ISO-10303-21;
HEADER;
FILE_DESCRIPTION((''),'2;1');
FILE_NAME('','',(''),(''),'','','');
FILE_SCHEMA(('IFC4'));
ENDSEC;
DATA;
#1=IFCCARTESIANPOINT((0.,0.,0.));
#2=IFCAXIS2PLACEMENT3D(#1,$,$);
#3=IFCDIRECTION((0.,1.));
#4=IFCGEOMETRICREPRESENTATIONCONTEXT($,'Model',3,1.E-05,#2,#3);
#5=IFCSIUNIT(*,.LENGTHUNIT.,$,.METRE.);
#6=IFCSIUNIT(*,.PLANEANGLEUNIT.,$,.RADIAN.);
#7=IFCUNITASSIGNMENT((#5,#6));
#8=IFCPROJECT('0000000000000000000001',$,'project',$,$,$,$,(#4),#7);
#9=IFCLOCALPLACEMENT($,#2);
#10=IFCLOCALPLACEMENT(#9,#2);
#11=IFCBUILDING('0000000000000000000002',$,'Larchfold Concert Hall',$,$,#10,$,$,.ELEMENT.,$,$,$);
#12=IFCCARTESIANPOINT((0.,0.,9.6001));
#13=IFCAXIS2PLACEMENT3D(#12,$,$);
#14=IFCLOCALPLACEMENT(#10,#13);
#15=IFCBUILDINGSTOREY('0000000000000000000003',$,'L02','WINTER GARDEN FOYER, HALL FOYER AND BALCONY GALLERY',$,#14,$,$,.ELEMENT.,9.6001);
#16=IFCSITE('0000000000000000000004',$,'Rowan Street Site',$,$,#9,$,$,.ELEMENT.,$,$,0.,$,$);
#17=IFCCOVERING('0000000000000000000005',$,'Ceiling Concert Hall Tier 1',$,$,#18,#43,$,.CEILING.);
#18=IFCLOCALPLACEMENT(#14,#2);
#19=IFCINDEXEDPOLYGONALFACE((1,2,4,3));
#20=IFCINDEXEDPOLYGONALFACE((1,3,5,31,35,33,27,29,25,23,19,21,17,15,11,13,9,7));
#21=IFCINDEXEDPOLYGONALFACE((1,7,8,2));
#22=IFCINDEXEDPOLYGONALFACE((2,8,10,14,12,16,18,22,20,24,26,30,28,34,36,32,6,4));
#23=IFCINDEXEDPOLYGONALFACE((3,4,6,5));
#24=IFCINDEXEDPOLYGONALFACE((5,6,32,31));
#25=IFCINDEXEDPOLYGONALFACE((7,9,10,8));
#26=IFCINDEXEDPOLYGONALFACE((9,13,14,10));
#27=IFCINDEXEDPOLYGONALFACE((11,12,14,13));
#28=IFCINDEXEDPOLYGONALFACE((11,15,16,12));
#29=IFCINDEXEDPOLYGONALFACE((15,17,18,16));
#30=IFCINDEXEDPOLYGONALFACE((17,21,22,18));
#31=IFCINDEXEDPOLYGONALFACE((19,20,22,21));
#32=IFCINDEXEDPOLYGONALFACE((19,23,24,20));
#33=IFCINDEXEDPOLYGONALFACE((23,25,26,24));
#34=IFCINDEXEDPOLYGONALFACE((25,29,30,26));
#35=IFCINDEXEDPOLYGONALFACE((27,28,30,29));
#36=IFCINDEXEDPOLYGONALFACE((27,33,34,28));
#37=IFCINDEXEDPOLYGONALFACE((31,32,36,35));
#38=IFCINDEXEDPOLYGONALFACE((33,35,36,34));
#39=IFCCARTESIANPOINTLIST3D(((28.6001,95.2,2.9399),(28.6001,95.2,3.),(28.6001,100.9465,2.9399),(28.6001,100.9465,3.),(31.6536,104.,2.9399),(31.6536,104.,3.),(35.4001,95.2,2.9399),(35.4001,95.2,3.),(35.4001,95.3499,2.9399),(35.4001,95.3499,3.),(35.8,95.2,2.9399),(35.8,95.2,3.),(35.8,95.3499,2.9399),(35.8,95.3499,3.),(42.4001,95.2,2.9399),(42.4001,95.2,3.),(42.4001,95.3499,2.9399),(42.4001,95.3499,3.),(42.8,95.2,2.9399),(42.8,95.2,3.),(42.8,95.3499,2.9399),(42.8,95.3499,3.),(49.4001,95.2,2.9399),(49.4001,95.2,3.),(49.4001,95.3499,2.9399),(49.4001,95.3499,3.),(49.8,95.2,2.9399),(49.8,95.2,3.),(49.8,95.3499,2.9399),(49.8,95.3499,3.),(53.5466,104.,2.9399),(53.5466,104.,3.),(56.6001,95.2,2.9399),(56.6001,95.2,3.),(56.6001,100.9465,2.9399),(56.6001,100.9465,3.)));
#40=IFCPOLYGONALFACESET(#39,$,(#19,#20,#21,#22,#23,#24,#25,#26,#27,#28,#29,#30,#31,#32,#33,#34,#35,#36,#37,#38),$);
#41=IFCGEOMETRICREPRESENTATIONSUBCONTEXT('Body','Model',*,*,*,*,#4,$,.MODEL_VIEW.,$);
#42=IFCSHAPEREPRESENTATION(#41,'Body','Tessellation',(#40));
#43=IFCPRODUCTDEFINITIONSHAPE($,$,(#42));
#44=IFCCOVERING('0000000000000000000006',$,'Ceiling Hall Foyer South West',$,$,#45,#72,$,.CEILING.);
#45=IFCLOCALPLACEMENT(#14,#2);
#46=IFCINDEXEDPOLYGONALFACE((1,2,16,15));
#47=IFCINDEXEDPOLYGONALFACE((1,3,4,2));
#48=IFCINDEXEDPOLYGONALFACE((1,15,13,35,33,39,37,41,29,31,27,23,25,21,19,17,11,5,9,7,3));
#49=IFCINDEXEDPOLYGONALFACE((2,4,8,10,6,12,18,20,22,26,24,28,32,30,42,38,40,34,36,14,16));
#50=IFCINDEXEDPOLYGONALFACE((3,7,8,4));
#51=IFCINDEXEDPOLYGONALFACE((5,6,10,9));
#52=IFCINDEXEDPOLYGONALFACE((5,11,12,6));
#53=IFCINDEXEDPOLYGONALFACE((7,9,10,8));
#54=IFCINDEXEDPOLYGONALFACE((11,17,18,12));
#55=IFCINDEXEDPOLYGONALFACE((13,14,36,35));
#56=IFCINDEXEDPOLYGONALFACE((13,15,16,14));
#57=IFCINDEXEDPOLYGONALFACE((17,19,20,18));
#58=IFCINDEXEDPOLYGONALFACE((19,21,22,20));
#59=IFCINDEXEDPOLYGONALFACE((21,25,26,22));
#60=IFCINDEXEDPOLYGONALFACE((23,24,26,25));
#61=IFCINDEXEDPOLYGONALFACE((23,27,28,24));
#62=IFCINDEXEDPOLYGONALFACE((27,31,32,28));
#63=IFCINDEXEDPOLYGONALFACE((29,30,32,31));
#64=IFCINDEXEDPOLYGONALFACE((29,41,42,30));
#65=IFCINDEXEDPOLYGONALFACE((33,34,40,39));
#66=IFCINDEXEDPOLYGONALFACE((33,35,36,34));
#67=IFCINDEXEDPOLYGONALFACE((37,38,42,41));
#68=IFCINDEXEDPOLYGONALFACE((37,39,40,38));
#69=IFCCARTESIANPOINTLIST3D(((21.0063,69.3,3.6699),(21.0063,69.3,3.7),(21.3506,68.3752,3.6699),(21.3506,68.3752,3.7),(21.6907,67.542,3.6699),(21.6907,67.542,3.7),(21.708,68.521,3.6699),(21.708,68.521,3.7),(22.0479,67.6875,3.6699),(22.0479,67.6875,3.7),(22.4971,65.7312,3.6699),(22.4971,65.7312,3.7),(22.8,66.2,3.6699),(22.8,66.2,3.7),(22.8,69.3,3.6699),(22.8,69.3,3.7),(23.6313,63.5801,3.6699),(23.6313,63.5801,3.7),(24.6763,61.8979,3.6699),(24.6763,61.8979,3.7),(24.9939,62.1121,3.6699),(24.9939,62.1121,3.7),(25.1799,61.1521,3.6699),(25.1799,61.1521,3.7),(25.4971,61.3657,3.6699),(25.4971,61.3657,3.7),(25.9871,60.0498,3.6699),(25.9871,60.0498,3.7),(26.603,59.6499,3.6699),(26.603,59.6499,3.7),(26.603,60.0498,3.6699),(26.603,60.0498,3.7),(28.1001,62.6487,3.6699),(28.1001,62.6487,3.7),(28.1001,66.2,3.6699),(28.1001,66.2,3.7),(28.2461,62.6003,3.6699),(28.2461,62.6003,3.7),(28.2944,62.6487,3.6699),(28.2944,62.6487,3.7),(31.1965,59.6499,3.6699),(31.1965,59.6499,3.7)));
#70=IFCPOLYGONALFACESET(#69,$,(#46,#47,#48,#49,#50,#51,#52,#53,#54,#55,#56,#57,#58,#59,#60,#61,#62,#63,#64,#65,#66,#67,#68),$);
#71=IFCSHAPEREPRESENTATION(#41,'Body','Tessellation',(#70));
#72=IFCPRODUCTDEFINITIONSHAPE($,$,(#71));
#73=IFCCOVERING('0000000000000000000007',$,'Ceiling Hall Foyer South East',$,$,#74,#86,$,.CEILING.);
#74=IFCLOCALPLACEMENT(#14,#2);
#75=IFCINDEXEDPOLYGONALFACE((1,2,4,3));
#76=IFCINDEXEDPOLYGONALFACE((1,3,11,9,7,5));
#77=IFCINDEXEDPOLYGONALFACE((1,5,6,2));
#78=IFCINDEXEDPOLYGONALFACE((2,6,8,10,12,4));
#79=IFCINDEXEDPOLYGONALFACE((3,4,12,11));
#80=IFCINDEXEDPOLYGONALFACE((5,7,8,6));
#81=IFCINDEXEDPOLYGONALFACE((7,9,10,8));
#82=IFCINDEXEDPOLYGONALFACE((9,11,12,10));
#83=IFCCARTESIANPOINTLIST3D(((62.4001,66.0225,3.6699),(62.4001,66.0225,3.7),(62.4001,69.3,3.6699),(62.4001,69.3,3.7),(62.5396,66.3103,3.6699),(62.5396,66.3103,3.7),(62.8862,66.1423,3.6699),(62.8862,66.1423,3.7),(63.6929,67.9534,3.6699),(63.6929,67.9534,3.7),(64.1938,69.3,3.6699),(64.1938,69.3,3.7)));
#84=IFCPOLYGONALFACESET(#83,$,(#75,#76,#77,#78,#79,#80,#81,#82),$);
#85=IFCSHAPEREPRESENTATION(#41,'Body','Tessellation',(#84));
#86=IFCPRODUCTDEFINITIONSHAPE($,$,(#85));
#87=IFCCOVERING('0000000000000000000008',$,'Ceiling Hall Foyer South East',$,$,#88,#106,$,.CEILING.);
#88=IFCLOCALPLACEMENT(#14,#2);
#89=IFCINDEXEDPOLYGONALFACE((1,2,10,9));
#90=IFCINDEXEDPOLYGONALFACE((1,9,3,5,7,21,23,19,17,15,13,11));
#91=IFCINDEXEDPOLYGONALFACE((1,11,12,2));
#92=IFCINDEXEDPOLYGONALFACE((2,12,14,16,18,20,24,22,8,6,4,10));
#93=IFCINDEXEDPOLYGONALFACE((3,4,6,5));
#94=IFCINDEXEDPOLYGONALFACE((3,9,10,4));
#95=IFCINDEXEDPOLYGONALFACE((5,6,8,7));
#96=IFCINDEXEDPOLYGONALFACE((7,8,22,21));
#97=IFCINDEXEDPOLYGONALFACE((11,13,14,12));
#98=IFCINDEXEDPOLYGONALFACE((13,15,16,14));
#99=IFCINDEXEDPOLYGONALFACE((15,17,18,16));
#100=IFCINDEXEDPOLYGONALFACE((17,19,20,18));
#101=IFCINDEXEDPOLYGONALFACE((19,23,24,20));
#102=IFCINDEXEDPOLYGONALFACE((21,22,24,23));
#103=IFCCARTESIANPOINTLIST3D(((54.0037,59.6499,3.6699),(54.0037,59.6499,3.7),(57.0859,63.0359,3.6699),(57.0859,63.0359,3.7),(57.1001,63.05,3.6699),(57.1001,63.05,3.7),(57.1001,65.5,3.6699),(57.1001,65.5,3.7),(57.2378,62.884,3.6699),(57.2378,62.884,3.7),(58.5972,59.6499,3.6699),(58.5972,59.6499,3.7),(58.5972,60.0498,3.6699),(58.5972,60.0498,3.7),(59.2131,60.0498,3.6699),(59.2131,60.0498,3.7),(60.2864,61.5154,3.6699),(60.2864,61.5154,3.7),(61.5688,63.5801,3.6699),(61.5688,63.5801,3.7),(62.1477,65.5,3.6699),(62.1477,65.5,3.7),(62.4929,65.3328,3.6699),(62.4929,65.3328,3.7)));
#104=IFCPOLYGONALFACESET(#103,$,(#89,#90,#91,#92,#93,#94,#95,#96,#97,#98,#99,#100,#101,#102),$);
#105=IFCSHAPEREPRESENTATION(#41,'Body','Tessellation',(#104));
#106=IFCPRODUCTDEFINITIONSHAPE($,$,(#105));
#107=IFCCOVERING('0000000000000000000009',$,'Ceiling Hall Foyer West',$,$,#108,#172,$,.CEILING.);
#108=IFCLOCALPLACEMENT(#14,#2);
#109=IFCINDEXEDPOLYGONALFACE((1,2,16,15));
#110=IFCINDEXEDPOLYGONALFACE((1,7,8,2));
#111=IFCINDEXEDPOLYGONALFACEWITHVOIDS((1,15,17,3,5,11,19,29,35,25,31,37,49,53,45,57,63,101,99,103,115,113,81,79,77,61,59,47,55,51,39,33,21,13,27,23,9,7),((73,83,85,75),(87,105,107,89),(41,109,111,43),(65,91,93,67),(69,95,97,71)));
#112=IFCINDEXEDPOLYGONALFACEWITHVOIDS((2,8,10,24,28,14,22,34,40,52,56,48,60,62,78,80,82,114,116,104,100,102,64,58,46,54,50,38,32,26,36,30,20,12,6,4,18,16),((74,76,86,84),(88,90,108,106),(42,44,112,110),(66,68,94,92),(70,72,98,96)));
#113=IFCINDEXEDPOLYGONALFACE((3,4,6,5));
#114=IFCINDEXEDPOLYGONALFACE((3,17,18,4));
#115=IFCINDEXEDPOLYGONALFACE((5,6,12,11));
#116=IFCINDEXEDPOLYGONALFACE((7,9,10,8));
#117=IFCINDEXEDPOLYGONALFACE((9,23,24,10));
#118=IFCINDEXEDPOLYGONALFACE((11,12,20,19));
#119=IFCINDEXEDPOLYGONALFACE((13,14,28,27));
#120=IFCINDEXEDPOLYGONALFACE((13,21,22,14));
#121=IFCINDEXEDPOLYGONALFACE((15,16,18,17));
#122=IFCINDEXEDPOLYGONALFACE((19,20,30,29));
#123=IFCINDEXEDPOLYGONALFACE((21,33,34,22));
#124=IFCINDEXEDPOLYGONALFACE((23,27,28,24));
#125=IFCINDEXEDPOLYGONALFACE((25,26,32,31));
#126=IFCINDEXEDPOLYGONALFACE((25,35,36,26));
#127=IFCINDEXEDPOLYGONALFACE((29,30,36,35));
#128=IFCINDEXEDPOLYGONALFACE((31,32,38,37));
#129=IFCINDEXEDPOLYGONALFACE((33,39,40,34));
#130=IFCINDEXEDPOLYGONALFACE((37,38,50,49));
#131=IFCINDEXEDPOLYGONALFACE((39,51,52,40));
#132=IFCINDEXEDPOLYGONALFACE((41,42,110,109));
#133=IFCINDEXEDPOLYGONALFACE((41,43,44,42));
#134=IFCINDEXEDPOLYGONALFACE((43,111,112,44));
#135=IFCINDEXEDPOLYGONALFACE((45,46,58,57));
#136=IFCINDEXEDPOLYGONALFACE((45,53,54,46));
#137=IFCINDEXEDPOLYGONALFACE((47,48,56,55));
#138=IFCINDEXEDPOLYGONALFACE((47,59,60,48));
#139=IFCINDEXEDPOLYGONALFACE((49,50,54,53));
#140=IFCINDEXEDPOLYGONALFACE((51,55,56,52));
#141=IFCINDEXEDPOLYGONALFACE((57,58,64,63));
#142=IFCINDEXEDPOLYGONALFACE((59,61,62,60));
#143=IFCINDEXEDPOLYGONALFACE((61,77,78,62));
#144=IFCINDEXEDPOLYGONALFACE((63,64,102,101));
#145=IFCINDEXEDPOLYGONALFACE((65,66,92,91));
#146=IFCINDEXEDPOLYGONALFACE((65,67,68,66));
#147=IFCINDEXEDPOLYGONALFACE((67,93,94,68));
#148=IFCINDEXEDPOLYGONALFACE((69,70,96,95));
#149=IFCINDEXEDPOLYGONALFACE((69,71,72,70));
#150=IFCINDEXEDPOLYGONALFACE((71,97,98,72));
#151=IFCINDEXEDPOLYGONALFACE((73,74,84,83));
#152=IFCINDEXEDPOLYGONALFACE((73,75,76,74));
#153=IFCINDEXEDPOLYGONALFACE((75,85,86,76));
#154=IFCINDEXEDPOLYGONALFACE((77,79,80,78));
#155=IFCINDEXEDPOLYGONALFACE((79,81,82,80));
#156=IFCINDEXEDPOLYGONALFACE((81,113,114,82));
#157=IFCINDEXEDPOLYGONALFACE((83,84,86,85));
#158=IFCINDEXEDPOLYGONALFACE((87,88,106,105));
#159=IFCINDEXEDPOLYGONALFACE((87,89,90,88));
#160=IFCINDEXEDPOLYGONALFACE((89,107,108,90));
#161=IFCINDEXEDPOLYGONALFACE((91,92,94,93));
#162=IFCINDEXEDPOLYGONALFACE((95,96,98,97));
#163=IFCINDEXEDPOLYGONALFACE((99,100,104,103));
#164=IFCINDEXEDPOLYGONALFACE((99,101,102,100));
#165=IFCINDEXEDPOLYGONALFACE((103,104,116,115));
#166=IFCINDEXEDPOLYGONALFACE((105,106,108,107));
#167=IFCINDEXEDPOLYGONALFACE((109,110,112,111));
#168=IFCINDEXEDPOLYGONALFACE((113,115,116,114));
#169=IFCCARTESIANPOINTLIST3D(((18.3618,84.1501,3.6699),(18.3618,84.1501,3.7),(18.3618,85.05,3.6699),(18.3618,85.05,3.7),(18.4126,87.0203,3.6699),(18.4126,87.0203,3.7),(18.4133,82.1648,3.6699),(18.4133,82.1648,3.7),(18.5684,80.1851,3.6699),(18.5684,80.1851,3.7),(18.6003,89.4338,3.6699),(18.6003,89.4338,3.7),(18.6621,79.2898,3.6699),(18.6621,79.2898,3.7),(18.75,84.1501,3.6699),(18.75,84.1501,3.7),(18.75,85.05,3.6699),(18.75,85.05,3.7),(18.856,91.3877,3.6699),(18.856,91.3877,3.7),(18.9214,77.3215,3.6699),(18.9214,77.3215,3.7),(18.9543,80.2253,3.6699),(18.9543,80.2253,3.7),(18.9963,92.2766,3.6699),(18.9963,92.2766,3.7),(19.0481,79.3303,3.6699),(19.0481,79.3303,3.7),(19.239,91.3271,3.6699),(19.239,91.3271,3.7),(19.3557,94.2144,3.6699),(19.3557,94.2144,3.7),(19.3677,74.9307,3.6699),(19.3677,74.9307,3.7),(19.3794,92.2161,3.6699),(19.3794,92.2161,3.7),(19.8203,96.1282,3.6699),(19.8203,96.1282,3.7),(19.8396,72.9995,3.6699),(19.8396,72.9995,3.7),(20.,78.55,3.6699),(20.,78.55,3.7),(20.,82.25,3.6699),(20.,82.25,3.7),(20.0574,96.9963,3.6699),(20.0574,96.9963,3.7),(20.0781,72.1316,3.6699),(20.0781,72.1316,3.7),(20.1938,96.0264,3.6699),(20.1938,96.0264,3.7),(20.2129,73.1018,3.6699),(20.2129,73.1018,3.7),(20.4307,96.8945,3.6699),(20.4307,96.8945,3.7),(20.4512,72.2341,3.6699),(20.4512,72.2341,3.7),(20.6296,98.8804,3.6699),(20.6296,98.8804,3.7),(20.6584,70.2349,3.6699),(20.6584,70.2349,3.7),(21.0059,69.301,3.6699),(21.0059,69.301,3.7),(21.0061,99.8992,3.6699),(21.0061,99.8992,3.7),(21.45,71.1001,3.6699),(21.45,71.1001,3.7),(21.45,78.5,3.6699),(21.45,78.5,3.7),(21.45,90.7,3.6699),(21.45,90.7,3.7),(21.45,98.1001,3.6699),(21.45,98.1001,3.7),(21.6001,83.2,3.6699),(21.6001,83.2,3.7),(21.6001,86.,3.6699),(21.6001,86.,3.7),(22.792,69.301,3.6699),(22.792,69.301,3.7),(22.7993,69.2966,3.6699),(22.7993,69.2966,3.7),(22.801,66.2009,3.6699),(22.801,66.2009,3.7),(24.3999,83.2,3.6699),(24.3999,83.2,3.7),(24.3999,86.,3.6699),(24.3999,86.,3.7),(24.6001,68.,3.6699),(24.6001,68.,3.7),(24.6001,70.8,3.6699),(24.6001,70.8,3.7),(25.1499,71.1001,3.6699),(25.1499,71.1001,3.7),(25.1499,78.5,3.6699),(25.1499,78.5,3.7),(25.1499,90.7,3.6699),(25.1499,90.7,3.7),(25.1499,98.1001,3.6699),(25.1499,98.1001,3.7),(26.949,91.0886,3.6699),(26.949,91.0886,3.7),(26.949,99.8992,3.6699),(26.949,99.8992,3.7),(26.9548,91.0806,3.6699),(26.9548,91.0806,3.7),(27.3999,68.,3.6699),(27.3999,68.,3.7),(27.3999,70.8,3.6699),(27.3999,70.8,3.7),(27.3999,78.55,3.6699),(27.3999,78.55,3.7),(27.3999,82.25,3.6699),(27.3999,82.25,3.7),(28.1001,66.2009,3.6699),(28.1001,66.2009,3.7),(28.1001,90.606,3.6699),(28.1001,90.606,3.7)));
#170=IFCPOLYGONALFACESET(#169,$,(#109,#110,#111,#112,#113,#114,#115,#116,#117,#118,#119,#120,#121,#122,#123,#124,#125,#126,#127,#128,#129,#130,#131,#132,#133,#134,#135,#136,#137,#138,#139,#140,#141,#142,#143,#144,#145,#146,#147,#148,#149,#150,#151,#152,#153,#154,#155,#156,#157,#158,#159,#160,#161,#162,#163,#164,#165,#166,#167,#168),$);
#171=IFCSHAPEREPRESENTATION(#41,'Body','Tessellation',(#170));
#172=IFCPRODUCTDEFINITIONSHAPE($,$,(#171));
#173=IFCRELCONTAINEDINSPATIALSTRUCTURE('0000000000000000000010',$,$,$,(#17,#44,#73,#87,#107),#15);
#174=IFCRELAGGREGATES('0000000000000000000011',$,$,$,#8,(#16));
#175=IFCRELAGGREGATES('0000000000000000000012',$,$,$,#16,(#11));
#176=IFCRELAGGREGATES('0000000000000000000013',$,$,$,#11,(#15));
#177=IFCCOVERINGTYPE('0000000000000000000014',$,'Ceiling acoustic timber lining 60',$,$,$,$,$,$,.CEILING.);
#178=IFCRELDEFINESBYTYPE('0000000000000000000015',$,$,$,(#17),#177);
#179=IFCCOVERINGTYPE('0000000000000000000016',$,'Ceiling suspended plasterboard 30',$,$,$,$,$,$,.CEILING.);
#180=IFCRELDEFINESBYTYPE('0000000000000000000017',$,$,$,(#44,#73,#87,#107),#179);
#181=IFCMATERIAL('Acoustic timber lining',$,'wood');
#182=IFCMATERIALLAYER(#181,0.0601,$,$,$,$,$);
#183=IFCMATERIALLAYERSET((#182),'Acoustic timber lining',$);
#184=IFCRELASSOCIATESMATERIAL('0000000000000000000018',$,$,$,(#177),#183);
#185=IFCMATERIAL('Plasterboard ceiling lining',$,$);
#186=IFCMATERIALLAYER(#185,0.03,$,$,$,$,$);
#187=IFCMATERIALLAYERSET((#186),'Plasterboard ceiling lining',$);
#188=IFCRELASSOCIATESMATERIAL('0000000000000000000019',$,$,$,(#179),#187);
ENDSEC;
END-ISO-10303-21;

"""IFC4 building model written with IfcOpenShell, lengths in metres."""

from ifc_helpers import new_model, si_unit, direction, frame, origin, place, context, subcontext, project, spatial, polyline, outline, extrude, material, layer, layer_set, type_object, element, save


model = new_model("IFC4")

# Units and contexts
model_context = context("Model", 3, precision=1e-05, world=origin(), true_north=direction((0.0, 1.0)))
body_context = subcontext(model_context, "Body", "Model", "MODEL_VIEW")
ifc_project = project(units=[si_unit("LENGTHUNIT", "METRE"), si_unit("PLANEANGLEUNIT", "RADIAN")], contexts=[model_context])

# Site, building, storey
site_placement = place(None, origin())
site = spatial("IfcSite", under=ifc_project, at=site_placement, Name="Rowan Street Site", CompositionType="ELEMENT", RefElevation=0.0)
building_placement = place(site_placement, origin())
building = spatial("IfcBuilding", under=site, at=building_placement, Name="Larchfold Concert Hall", CompositionType="ELEMENT")
storey_placement = place(building_placement, frame((0.0, 0.0, 9.6001)))
storey = spatial("IfcBuildingStorey", under=building, at=storey_placement, Name="L02", Description="WINTER GARDEN FOYER, HALL FOYER AND BALCONY GALLERY", CompositionType="ELEMENT", Elevation=9.6001)

# Coverings
ifc_material_1 = material(Name="Acoustic timber lining", Category="wood")
ifc_layer_1 = layer(ifc_material_1, 0.0601)
ifc_layer_set_1 = layer_set([ifc_layer_1], Name="Acoustic timber lining")
covering_type_1 = type_object("IfcCoveringType", Name="Ceiling acoustic timber lining 60", PredefinedType="CEILING", material=ifc_layer_set_1)
covering_1_placement = place(storey_placement, frame((0.0, 0.0, 2.9399)))
element("IfcCovering", 1, at=covering_1_placement, inside=storey, type_object=covering_type_1, Name="Ceiling Concert Hall Tier 1", PredefinedType="CEILING", context=body_context, shape_type="SweptSolid", body=[
    extrude(outline(polyline([(53.5466, 104.0), (31.6536, 104.0), (28.6001, 100.9465), (28.6001, 95.2), (35.4001, 95.2), (35.4001, 95.3499), (35.8, 95.3499), (35.8, 95.2), (42.4001, 95.2), (42.4001, 95.3499), (42.8, 95.3499), (42.8, 95.2), (49.4001, 95.2), (49.4001, 95.3499), (49.8, 95.3499), (49.8, 95.2), (56.6001, 95.2), (56.6001, 100.9465), (53.5466, 104.0)])), origin(), (0.0, 0.0, 1.0), 0.0601),
])
ifc_material_2 = material(Name="Plasterboard ceiling lining")
ifc_layer_2 = layer(ifc_material_2, 0.03)
ifc_layer_set_2 = layer_set([ifc_layer_2], Name="Plasterboard ceiling lining")
covering_type_2 = type_object("IfcCoveringType", Name="Ceiling suspended plasterboard 30", PredefinedType="CEILING", material=ifc_layer_set_2)
covering_2_placement = place(storey_placement, frame((0.0, 0.0, 3.6699)))
element("IfcCovering", 2, at=covering_2_placement, inside=storey, type_object=covering_type_2, Name="Ceiling Hall Foyer South West", PredefinedType="CEILING", context=body_context, shape_type="SweptSolid", body=[
    extrude(outline(polyline([(28.1001, 66.2), (22.8, 66.2), (22.8, 69.3), (21.0063, 69.3), (21.3506, 68.3752), (21.708, 68.521), (22.0479, 67.6875), (21.6907, 67.542), (22.4971, 65.7312), (23.6313, 63.5801), (24.6763, 61.8979), (24.9939, 62.1121), (25.4971, 61.3657), (25.1799, 61.1521), (25.9871, 60.0498), (26.603, 60.0498), (26.603, 59.6499), (31.1965, 59.6499), (28.2461, 62.6003), (28.2944, 62.6487), (28.1001, 62.6487), (28.1001, 66.2)])), origin(), (0.0, 0.0, 1.0), 0.03),
])
covering_3_placement = place(storey_placement, frame((0.0, 0.0, 3.6699)))
element("IfcCovering", 3, at=covering_3_placement, inside=storey, type_object=covering_type_2, Name="Ceiling Hall Foyer South East", PredefinedType="CEILING", context=body_context, shape_type="SweptSolid", body=[
    extrude(outline(polyline([(62.8862, 66.1423), (63.6929, 67.9534), (64.1938, 69.3), (62.4001, 69.3), (62.4001, 66.0225), (62.5396, 66.3103), (62.8862, 66.1423)])), origin(), (0.0, 0.0, 1.0), 0.03),
])
covering_4_placement = place(storey_placement, frame((0.0, 0.0, 3.6699)))
element("IfcCovering", 4, at=covering_4_placement, inside=storey, type_object=covering_type_2, Name="Ceiling Hall Foyer South East", PredefinedType="CEILING", context=body_context, shape_type="SweptSolid", body=[
    extrude(outline(polyline([(61.5688, 63.5801), (62.4929, 65.3328), (62.1477, 65.5), (57.1001, 65.5), (57.1001, 63.05), (57.0859, 63.0359), (57.2378, 62.884), (54.0037, 59.6499), (58.5972, 59.6499), (58.5972, 60.0498), (59.2131, 60.0498), (60.2864, 61.5154), (61.5688, 63.5801)])), origin(), (0.0, 0.0, 1.0), 0.03),
])
covering_5_placement = place(storey_placement, frame((0.0, 0.0, 3.6699)))
element("IfcCovering", 5, at=covering_5_placement, inside=storey, type_object=covering_type_2, Name="Ceiling Hall Foyer West", PredefinedType="CEILING", context=body_context, shape_type="SweptSolid", body=[
    extrude(outline(polyline([(18.4133, 82.1648), (18.5684, 80.1851), (18.9543, 80.2253), (19.0481, 79.3303), (18.6621, 79.2898), (18.9214, 77.3215), (19.3677, 74.9307), (19.8396, 72.9995), (20.2129, 73.1018), (20.4512, 72.2341), (20.0781, 72.1316), (20.6584, 70.2349), (21.0059, 69.301), (22.792, 69.301), (22.7993, 69.2966), (22.801, 66.2009), (28.1001, 66.2009), (28.1001, 90.606), (26.9548, 91.0806), (26.949, 91.0886), (26.949, 99.8992), (21.0061, 99.8992), (20.6296, 98.8804), (20.0574, 96.9963), (20.4307, 96.8945), (20.1938, 96.0264), (19.8203, 96.1282), (19.3557, 94.2144), (18.9963, 92.2766), (19.3794, 92.2161), (19.239, 91.3271), (18.856, 91.3877), (18.6003, 89.4338), (18.4126, 87.0203), (18.3618, 85.05), (18.75, 85.05), (18.75, 84.1501), (18.3618, 84.1501), (18.4133, 82.1648)]), holes=[polyline([(20.0, 78.55), (20.0, 82.25), (27.3999, 82.25), (27.3999, 78.55), (20.0, 78.55)]), polyline([(24.6001, 68.0), (24.6001, 70.8), (27.3999, 70.8), (27.3999, 68.0), (24.6001, 68.0)]), polyline([(21.45, 71.1001), (21.45, 78.5), (25.1499, 78.5), (25.1499, 71.1001), (21.45, 71.1001)]), polyline([(21.45, 90.7), (21.45, 98.1001), (25.1499, 98.1001), (25.1499, 90.7), (21.45, 90.7)]), polyline([(21.6001, 83.2), (21.6001, 86.0), (24.3999, 86.0), (24.3999, 83.2), (21.6001, 83.2)])]), origin(), (0.0, 0.0, 1.0), 0.03),
])

save(model, "model.ifc")
